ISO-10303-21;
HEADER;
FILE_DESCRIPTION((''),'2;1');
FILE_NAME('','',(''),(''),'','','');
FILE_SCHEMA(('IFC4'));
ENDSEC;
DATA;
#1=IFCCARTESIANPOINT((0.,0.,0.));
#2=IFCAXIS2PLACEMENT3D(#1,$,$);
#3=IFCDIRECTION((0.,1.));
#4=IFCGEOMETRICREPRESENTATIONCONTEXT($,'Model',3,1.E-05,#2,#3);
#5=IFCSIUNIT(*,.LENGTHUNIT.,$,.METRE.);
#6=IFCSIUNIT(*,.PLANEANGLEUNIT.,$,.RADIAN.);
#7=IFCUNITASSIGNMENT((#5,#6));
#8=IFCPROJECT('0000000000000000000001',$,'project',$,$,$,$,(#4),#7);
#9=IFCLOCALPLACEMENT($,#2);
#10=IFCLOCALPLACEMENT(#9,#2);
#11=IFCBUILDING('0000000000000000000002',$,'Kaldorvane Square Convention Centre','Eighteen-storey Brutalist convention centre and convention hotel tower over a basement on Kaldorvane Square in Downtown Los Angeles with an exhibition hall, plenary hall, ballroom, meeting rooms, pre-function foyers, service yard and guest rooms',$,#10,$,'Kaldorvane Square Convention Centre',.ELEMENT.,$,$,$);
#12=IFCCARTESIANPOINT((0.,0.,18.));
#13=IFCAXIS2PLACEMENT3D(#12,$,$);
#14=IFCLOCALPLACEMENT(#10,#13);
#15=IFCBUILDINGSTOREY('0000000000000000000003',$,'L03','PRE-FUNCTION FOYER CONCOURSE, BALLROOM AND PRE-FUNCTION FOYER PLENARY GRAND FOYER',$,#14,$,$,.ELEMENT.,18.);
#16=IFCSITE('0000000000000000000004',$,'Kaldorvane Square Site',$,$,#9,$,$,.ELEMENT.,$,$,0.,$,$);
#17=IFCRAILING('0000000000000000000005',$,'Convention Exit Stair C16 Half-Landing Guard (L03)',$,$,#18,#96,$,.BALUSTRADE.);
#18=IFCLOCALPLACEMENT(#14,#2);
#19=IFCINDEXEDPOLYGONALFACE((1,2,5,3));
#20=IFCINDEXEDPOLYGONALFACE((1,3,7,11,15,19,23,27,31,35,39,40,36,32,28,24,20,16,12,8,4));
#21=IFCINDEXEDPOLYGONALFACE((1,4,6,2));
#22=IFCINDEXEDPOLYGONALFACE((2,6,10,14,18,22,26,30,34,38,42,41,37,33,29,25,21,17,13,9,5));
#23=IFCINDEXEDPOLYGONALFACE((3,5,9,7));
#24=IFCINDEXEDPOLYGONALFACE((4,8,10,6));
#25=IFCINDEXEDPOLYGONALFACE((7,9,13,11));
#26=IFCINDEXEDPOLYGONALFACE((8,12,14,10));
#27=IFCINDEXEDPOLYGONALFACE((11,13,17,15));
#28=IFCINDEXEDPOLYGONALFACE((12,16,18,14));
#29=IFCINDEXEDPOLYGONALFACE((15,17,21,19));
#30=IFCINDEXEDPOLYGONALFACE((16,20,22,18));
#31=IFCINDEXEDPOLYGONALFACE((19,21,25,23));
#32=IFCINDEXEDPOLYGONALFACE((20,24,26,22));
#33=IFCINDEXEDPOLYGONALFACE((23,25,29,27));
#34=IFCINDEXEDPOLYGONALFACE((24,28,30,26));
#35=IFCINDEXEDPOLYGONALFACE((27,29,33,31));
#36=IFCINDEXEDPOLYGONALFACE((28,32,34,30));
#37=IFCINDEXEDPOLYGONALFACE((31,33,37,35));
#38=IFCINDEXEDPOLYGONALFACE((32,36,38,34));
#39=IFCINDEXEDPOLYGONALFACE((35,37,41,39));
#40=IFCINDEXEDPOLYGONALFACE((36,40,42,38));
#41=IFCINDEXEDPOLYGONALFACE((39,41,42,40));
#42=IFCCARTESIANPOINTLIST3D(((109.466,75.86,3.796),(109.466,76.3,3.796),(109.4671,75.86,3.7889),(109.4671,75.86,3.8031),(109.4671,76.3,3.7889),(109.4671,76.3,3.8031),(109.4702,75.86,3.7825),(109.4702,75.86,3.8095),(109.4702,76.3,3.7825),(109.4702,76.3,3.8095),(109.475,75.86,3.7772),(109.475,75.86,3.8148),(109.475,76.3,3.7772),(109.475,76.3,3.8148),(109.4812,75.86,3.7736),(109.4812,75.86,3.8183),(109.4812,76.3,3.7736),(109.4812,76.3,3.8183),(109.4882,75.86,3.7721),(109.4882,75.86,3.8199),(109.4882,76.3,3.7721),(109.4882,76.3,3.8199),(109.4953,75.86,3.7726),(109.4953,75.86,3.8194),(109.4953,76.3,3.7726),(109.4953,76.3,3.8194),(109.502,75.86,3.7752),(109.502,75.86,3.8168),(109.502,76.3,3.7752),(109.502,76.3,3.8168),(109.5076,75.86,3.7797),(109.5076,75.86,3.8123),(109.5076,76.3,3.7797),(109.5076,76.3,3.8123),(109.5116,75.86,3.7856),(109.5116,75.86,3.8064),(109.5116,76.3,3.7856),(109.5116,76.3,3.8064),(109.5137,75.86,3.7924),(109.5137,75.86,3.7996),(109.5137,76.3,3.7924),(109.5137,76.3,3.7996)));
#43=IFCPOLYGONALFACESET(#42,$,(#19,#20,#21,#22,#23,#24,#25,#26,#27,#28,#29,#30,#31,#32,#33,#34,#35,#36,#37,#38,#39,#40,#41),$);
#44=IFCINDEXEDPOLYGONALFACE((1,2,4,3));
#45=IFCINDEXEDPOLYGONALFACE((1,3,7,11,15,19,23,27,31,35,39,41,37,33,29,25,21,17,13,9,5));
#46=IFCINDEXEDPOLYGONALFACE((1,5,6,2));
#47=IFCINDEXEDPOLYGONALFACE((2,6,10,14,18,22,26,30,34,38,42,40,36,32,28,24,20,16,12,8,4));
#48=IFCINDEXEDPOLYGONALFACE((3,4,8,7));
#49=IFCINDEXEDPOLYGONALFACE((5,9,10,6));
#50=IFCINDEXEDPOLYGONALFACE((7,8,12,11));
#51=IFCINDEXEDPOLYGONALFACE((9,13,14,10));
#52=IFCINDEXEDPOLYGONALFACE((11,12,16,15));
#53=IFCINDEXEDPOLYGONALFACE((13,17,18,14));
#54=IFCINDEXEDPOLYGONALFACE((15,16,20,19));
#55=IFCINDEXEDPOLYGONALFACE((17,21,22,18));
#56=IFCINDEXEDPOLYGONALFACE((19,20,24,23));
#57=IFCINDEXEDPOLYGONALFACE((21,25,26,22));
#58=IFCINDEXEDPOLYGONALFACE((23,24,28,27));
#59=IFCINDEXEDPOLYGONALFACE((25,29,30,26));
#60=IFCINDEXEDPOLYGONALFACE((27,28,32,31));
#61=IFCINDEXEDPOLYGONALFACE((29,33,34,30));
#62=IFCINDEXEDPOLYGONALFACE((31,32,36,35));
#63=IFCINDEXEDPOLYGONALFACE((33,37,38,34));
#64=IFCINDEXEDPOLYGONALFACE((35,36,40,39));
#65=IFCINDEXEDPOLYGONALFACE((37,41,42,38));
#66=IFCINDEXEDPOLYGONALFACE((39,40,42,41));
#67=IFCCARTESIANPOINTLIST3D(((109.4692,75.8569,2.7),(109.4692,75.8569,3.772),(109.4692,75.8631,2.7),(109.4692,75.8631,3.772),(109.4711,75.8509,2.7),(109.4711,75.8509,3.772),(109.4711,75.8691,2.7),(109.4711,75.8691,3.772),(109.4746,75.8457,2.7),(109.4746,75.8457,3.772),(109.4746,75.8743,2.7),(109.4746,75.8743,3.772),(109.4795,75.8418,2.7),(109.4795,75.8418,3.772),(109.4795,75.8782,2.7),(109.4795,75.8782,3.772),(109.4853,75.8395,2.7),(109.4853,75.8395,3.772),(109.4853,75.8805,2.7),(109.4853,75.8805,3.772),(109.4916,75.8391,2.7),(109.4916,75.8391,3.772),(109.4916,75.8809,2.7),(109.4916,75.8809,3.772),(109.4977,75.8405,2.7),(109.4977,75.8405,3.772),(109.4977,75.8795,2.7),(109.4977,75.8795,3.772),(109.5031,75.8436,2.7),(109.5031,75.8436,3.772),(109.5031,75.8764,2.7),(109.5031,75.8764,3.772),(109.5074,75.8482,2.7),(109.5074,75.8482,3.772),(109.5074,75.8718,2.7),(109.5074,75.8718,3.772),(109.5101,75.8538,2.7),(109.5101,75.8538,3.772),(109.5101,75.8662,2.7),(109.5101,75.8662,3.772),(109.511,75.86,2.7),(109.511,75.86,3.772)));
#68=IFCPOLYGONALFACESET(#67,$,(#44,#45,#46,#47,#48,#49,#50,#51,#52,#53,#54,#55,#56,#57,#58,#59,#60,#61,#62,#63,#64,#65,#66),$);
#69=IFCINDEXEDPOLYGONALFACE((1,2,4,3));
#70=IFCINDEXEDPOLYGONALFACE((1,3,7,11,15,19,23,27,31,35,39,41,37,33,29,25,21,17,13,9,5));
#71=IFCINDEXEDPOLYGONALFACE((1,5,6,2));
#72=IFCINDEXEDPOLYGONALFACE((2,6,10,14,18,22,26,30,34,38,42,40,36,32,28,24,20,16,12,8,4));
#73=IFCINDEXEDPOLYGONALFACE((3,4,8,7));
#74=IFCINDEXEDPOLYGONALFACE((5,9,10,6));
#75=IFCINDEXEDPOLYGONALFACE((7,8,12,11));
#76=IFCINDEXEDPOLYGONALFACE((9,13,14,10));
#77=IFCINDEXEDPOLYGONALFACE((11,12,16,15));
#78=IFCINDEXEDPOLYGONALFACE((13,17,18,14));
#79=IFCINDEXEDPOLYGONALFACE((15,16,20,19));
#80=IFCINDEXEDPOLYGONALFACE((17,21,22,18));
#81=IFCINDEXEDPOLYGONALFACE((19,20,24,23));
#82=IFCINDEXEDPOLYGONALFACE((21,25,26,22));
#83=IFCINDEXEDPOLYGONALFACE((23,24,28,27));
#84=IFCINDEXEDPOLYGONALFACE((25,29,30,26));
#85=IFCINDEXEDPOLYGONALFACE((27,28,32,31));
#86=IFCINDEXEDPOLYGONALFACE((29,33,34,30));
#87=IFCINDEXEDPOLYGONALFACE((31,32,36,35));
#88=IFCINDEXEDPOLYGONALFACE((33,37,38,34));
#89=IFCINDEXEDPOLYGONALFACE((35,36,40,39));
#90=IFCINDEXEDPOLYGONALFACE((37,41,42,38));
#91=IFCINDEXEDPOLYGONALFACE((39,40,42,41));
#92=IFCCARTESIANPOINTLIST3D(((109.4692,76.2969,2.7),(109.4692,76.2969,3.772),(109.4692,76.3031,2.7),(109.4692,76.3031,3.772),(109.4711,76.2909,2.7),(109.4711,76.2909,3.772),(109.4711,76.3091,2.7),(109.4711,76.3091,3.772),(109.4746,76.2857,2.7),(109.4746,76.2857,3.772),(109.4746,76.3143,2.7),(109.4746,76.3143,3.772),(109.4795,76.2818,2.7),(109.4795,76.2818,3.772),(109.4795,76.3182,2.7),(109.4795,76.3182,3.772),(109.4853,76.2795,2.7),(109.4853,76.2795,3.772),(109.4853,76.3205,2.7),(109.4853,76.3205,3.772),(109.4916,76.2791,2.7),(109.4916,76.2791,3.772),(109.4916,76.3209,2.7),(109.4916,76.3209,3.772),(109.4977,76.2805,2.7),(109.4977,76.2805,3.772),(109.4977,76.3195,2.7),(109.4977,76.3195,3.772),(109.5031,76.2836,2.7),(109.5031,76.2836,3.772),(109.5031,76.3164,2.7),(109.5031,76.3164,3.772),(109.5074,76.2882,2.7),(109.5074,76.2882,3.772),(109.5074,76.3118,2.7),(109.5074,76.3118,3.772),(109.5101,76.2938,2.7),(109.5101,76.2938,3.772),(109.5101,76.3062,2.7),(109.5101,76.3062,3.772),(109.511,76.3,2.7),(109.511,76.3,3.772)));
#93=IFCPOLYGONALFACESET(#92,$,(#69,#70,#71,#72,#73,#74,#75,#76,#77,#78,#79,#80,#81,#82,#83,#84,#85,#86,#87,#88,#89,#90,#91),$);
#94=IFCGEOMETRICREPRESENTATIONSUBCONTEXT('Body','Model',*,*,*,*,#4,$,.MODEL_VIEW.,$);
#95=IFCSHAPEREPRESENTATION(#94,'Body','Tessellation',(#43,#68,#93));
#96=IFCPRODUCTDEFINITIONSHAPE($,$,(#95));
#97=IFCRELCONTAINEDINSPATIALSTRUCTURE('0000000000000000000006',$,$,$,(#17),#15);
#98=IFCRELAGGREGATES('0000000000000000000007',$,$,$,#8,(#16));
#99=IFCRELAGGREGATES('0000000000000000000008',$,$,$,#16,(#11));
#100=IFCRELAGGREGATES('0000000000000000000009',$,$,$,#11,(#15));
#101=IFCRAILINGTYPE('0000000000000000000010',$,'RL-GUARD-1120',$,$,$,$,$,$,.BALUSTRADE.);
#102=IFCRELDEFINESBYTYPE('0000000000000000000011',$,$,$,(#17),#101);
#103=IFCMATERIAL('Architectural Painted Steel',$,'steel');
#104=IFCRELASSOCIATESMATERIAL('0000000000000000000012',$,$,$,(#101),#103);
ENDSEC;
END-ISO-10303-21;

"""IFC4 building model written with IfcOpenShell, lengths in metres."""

from ifc_helpers import new_model, si_unit, direction, frame, origin, origin_2d, place, context, subcontext, project, spatial, circle, extrude, material, type_object, element, save


model = new_model("IFC4")

# Units and contexts
model_context = context("Model", 3, precision=1e-05, world=origin(), true_north=direction((0.0, 1.0)))
body_context = subcontext(model_context, "Body", "Model", "MODEL_VIEW")
ifc_project = project(units=[si_unit("LENGTHUNIT", "METRE"), si_unit("PLANEANGLEUNIT", "RADIAN")], contexts=[model_context])

# Site, building, storey
site_placement = place(None, origin())
site = spatial("IfcSite", under=ifc_project, at=site_placement, Name="Kaldorvane Square Site", CompositionType="ELEMENT", RefElevation=0.0)
building_placement = place(site_placement, origin())
building = spatial("IfcBuilding", under=site, at=building_placement, Name="Kaldorvane Square Convention Centre", Description="Eighteen-storey Brutalist convention centre and convention hotel tower over a basement on Kaldorvane Square in Downtown Los Angeles with an exhibition hall, plenary hall, ballroom, meeting rooms, pre-function foyers, service yard and guest rooms", LongName="Kaldorvane Square Convention Centre", CompositionType="ELEMENT")
storey_placement = place(building_placement, frame((0.0, 0.0, 18.0)))
storey = spatial("IfcBuildingStorey", under=building, at=storey_placement, Name="L03", Description="PRE-FUNCTION FOYER CONCOURSE, BALLROOM AND PRE-FUNCTION FOYER PLENARY GRAND FOYER", CompositionType="ELEMENT", Elevation=18.0)

# Railing
ifc_material_1 = material(Name="Architectural Painted Steel", Category="steel")
railing_type_1 = type_object("IfcRailingType", Name="RL-GUARD-1120", PredefinedType="BALUSTRADE", material=ifc_material_1)
for number, where, name in (
    (1, (109.49, 75.86, 2.7), "Convention Exit Stair C16 Half-Landing Guard (L03)"),
):
    element("IfcRailing", number, at=place(storey_placement, frame(where)), inside=storey, type_object=railing_type_1, Name=name, PredefinedType="BALUSTRADE", context=body_context, shape_type="SweptSolid", body=[
        extrude(circle(Radius=0.024, at=origin_2d()), frame((0.0, 0.0, 1.096), z_axis=(0.0, 1.0, 0.0), x_axis=(-1.0, 0.0, 0.0)), (0.0, 0.0, 1.0), 0.44),
        extrude(circle(Radius=0.021, at=origin_2d()), origin(), (0.0, 0.0, 1.0), 1.072),
        extrude(circle(Radius=0.021, at=origin_2d()), frame((0.0, 0.44, 0.0)), (0.0, 0.0, 1.0), 1.072),
    ])

save(model, "model.ifc")
